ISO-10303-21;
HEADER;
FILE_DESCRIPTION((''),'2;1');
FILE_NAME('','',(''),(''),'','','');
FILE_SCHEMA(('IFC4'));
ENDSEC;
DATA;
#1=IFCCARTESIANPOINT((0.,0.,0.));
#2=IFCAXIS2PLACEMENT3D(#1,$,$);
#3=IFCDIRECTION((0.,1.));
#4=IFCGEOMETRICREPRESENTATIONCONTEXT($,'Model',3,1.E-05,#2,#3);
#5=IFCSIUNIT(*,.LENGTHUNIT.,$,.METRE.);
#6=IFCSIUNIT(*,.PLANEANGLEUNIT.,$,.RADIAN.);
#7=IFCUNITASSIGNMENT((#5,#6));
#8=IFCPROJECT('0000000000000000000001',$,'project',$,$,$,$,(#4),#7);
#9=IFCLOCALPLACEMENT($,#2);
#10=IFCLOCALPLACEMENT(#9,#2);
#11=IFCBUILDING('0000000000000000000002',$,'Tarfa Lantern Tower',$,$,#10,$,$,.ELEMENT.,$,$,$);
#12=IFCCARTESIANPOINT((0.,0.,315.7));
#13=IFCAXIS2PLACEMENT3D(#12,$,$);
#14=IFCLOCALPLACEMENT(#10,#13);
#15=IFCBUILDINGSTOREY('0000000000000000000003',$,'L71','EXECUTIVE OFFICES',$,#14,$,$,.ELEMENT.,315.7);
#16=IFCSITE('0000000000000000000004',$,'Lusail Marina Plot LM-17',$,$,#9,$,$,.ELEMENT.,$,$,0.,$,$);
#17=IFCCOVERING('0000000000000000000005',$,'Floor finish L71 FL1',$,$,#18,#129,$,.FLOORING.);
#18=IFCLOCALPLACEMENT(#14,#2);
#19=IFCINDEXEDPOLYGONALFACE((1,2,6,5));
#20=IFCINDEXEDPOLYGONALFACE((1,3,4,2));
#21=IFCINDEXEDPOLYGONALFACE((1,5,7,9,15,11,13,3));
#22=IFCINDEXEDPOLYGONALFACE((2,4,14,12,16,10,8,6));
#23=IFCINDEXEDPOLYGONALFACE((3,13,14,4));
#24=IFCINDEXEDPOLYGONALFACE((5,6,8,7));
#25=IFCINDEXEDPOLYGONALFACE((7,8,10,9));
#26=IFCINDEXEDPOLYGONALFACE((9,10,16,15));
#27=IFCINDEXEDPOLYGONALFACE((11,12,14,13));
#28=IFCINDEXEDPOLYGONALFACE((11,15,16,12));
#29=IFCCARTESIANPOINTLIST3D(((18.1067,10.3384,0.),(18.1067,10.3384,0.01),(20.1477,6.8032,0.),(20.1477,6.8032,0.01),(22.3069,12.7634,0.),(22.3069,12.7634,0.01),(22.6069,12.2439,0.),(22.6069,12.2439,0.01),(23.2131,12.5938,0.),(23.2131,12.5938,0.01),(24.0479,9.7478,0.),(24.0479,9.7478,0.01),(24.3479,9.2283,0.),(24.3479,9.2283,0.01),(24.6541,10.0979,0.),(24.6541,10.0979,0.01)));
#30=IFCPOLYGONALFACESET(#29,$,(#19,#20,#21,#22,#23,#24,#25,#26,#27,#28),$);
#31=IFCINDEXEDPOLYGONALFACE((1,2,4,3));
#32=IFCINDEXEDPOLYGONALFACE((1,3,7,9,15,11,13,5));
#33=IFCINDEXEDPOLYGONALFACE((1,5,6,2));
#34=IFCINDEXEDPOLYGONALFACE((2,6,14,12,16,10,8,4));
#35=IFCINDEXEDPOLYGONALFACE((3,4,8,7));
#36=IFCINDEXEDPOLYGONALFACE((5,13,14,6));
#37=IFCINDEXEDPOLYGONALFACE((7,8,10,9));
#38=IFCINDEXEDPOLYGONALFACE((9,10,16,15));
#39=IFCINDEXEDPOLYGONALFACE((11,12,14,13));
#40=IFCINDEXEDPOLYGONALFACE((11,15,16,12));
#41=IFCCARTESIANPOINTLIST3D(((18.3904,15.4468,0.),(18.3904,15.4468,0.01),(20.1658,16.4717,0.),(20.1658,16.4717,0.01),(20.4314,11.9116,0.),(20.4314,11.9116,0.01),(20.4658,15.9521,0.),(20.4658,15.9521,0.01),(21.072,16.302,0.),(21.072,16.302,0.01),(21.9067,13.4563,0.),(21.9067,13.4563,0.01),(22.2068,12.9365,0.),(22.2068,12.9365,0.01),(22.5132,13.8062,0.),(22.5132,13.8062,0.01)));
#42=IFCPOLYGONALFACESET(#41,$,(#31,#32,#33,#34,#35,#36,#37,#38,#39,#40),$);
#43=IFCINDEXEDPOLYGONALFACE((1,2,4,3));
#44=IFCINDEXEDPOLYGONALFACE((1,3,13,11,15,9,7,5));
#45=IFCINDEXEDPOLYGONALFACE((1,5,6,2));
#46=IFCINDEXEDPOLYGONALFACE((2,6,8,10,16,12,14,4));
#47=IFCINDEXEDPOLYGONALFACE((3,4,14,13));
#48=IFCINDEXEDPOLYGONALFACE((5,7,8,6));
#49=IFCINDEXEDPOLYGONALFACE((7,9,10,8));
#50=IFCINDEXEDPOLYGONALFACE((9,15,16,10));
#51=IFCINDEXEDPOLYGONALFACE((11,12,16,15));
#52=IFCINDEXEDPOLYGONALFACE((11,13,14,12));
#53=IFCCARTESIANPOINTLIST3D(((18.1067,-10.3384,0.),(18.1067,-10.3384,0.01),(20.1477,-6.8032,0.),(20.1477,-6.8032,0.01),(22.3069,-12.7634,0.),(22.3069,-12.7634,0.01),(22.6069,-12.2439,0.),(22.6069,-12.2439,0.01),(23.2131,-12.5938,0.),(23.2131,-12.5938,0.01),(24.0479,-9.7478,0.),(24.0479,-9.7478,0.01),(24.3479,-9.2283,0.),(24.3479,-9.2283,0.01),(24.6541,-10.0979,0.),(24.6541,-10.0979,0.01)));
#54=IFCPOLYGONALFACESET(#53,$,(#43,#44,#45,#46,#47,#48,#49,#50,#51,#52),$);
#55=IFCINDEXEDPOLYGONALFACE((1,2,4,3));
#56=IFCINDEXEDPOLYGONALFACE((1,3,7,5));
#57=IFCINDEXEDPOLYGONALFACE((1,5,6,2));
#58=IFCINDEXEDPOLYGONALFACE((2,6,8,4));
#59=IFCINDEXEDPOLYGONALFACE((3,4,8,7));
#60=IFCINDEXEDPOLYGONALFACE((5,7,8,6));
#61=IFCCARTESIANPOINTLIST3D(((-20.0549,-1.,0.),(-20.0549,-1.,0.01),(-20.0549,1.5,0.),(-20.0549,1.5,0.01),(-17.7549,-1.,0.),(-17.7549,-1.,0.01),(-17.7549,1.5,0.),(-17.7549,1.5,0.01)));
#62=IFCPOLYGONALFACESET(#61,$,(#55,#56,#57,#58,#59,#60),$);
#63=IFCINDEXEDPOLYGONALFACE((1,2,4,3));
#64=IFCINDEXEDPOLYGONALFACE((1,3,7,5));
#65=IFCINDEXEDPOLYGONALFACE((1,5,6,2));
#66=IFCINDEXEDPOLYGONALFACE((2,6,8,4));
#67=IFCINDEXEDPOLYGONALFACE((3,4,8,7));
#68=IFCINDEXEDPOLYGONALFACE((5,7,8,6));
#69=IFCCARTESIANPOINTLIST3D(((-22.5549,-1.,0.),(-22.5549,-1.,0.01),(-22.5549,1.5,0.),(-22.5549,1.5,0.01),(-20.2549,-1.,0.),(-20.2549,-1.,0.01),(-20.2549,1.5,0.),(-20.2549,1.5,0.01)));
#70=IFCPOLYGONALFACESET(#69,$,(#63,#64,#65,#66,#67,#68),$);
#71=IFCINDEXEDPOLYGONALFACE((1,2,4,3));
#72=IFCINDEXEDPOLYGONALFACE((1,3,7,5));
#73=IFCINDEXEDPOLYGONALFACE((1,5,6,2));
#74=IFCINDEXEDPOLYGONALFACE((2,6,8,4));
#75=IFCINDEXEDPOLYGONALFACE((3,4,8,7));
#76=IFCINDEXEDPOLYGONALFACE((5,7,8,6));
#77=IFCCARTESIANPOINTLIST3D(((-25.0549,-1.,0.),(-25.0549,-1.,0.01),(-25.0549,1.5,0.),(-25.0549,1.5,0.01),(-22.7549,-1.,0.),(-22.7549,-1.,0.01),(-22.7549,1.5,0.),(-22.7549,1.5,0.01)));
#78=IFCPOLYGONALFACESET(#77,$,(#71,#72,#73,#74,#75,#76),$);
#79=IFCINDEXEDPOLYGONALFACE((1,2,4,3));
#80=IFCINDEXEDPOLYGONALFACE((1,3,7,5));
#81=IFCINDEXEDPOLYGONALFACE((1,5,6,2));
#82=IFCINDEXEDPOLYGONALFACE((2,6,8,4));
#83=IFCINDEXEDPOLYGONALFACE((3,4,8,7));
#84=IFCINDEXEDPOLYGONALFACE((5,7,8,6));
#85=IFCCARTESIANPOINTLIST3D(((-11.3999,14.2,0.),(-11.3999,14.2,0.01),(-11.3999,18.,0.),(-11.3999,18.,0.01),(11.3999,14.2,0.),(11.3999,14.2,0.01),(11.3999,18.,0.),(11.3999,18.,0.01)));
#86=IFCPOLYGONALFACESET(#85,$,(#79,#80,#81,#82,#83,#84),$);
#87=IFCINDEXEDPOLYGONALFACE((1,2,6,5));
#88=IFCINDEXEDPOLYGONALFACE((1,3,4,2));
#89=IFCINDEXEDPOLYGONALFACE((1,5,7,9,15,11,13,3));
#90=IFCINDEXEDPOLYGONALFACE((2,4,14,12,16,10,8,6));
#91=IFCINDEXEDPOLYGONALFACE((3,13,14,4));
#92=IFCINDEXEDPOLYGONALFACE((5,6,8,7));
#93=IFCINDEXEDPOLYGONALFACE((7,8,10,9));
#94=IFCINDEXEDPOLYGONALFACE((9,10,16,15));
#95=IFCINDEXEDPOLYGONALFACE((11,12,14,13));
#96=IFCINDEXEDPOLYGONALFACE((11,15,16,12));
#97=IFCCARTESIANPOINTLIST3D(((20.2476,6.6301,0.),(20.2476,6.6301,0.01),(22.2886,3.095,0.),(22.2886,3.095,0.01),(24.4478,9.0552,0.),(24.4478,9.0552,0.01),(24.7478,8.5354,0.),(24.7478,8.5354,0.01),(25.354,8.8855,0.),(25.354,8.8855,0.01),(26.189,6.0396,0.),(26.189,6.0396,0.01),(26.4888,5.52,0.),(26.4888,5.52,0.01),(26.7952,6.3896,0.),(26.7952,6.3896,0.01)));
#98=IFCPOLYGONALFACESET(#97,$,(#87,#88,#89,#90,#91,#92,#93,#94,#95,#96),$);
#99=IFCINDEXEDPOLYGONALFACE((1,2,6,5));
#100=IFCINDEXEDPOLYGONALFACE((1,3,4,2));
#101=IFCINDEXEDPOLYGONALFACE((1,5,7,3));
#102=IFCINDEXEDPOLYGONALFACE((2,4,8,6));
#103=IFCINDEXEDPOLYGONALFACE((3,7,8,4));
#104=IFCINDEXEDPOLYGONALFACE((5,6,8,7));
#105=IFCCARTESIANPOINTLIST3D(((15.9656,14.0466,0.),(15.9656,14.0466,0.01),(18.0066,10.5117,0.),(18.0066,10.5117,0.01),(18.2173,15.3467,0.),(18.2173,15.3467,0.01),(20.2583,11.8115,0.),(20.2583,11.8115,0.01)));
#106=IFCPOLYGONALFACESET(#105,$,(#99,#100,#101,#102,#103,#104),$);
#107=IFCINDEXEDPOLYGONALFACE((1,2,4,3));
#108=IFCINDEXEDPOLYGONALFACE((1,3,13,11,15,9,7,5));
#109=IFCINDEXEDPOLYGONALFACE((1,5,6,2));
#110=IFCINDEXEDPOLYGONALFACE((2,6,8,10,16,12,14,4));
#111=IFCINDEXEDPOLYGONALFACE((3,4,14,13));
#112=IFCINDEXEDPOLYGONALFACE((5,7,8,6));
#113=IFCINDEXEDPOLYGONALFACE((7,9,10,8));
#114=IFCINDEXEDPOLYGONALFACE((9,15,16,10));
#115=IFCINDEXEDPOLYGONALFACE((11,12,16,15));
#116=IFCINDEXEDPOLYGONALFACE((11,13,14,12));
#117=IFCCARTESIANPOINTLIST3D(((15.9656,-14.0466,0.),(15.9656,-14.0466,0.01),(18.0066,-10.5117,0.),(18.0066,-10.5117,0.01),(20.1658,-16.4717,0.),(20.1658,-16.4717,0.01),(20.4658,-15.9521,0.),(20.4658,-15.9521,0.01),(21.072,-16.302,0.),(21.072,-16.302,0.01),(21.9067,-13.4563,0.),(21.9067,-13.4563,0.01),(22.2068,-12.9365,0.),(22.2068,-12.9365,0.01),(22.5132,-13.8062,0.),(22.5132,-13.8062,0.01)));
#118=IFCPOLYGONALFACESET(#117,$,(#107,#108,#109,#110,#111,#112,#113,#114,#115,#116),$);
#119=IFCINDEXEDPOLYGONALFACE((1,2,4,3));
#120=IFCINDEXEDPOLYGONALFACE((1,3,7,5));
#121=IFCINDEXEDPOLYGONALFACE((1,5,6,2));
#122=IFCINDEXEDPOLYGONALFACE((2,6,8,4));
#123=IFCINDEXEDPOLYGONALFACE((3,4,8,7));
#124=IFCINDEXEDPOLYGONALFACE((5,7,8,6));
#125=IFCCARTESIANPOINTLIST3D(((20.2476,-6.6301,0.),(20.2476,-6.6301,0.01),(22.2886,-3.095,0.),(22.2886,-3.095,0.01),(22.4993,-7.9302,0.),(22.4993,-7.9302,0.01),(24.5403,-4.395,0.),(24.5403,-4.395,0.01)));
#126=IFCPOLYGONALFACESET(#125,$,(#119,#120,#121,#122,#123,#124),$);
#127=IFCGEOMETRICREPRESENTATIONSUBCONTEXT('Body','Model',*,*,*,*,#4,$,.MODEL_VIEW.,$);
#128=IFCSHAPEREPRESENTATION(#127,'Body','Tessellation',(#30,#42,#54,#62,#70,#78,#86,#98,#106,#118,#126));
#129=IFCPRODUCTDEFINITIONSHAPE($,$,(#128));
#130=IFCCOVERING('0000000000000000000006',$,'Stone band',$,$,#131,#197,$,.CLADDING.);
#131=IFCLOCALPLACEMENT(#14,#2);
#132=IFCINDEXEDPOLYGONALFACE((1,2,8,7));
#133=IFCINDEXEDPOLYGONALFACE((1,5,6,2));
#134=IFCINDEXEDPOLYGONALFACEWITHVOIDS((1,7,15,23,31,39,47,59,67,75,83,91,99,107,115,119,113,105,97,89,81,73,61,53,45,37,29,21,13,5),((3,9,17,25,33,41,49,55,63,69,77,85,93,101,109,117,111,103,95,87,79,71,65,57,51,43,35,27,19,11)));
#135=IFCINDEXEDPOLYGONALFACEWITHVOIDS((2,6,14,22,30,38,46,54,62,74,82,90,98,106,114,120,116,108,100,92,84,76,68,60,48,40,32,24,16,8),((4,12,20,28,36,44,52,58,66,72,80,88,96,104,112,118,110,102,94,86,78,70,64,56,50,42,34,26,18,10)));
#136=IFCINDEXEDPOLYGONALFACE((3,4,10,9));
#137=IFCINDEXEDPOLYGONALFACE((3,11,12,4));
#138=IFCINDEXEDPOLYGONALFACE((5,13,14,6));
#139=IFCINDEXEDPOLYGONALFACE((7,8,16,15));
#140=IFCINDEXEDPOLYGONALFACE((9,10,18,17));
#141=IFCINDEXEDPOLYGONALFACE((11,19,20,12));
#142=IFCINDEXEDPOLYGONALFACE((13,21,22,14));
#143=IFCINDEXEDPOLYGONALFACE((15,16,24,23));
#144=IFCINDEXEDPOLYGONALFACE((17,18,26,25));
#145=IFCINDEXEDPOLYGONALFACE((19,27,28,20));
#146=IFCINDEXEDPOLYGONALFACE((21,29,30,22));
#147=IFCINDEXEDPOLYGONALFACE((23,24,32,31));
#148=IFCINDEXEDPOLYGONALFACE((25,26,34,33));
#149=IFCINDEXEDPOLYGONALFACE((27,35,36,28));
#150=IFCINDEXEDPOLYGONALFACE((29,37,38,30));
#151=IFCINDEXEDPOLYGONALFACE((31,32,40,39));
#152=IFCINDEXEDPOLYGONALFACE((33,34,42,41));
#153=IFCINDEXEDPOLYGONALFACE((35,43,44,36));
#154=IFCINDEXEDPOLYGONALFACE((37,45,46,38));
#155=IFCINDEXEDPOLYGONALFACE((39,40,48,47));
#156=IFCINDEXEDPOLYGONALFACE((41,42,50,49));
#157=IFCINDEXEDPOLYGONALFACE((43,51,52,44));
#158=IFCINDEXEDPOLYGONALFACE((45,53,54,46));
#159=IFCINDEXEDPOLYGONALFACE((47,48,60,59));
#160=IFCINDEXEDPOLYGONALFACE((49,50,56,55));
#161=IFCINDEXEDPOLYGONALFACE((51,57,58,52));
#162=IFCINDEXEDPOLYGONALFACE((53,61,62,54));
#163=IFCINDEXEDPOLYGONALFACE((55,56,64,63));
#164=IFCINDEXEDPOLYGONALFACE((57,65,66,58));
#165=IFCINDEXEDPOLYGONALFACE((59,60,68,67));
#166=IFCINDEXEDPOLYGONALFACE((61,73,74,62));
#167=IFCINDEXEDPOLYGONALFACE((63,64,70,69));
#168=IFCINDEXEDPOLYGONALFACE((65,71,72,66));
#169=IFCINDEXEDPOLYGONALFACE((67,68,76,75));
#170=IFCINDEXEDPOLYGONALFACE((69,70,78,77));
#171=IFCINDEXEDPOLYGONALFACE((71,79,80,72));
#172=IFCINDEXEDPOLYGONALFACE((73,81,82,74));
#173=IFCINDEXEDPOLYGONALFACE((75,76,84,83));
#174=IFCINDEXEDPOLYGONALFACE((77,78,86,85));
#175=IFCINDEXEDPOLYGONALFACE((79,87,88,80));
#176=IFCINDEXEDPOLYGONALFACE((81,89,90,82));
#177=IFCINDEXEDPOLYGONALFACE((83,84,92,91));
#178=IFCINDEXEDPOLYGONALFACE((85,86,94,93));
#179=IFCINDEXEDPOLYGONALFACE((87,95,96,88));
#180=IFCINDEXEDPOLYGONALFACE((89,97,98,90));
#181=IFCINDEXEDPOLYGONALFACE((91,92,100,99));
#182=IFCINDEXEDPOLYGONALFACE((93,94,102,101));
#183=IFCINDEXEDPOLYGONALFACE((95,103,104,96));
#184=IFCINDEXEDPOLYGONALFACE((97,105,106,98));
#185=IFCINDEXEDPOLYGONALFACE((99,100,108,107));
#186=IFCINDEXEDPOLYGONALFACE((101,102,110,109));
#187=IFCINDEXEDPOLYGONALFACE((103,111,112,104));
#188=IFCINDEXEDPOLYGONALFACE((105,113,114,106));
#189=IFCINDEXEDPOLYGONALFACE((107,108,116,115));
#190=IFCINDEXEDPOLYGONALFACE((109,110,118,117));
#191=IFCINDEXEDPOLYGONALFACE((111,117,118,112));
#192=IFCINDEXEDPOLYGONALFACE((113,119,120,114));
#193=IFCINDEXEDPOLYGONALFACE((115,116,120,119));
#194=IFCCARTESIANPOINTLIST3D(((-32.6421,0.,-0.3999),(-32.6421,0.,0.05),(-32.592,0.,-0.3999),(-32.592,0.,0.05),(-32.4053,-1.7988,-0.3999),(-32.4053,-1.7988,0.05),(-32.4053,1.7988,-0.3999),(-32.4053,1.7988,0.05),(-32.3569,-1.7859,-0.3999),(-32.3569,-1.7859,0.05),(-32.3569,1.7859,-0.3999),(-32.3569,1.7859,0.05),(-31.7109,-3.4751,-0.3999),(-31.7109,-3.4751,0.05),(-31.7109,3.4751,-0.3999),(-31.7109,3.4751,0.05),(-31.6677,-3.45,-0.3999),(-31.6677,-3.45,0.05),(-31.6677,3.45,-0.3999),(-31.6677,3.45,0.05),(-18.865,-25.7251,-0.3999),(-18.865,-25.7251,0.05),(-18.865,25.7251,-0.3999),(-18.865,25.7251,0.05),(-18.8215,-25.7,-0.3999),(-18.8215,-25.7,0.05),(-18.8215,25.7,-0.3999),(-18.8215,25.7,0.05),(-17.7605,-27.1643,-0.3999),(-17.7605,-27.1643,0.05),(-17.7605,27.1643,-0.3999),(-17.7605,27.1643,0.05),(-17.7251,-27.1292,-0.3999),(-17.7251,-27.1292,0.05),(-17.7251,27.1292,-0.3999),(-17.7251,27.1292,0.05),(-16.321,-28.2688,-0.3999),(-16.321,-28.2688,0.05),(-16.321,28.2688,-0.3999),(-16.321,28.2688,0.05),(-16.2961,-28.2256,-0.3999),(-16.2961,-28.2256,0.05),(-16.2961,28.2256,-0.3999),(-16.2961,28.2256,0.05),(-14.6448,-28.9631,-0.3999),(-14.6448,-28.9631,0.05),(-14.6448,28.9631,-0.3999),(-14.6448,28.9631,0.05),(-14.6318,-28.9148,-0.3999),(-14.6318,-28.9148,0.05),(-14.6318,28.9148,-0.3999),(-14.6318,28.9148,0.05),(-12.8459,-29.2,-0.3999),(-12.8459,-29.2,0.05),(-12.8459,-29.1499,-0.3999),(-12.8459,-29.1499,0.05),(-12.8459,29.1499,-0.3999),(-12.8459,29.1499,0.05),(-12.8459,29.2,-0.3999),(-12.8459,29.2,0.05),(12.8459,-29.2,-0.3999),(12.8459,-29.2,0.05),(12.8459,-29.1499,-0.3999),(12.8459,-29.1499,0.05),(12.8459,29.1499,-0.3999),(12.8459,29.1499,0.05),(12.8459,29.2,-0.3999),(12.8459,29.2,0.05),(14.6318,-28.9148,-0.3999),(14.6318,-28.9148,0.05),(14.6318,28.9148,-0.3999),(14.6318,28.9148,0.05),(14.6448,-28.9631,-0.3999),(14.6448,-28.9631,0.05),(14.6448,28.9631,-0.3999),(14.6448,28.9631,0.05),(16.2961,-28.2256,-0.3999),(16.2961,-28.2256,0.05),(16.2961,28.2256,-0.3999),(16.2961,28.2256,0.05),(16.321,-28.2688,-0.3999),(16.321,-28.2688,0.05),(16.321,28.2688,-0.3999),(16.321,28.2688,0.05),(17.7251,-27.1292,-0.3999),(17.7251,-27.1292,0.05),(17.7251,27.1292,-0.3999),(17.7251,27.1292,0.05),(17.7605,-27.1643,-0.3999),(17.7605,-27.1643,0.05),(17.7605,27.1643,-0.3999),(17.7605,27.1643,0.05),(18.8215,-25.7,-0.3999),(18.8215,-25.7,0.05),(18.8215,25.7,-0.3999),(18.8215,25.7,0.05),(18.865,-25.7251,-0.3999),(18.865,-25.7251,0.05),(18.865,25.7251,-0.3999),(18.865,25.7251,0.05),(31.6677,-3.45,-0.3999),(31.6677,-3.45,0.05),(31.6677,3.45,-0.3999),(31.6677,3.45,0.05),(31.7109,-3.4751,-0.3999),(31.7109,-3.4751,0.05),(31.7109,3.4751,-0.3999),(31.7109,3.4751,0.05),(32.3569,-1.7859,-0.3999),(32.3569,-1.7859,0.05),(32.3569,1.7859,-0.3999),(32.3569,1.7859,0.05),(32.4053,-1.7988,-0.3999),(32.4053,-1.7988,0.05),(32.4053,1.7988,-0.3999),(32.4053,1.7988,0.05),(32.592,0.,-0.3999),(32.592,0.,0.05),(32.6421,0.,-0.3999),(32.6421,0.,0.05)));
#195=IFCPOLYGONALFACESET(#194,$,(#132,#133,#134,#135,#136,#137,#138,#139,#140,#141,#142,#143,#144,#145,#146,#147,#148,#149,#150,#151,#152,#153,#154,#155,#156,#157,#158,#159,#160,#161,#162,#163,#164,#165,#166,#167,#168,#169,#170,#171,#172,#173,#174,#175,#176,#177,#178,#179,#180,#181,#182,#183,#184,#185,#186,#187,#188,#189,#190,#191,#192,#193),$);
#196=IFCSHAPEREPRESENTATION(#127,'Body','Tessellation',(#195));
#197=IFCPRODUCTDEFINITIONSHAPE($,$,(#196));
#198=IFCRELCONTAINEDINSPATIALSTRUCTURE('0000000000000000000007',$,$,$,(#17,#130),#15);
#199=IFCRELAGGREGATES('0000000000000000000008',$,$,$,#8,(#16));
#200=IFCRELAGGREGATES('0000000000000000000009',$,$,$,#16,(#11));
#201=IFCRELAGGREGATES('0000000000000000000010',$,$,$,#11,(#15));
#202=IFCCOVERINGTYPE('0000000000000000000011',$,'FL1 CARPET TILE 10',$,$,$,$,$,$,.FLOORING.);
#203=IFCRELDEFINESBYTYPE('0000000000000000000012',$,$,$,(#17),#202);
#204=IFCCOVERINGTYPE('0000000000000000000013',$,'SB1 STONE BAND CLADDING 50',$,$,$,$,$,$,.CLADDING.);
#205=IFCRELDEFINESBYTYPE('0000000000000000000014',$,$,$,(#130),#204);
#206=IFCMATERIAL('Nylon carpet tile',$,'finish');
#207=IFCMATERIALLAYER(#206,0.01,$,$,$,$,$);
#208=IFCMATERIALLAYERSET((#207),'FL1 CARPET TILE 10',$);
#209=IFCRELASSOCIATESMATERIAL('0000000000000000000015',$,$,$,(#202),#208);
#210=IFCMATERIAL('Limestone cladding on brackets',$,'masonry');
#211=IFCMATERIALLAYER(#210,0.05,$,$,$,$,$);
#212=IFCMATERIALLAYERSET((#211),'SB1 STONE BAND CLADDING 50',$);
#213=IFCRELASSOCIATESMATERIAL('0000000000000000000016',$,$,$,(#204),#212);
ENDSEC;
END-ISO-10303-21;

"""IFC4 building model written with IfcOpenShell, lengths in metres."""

from ifc_helpers import new_model, si_unit, direction, frame, origin, place, context, subcontext, project, spatial, polyline, outline, extrude, material, layer, layer_set, type_object, element, save


model = new_model("IFC4")

# Units and contexts
model_context = context("Model", 3, precision=1e-05, world=origin(), true_north=direction((0.0, 1.0)))
body_context = subcontext(model_context, "Body", "Model", "MODEL_VIEW")
ifc_project = project(units=[si_unit("LENGTHUNIT", "METRE"), si_unit("PLANEANGLEUNIT", "RADIAN")], contexts=[model_context])

# Site, building, storey
site_placement = place(None, origin())
site = spatial("IfcSite", under=ifc_project, at=site_placement, Name="Lusail Marina Plot LM-17", CompositionType="ELEMENT", RefElevation=0.0)
building_placement = place(site_placement, origin())
building = spatial("IfcBuilding", under=site, at=building_placement, Name="Tarfa Lantern Tower", CompositionType="ELEMENT")
storey_placement = place(building_placement, frame((0.0, 0.0, 315.7)))
storey = spatial("IfcBuildingStorey", under=building, at=storey_placement, Name="L71", Description="EXECUTIVE OFFICES", CompositionType="ELEMENT", Elevation=315.7)

# Coverings
ifc_material_1 = material(Name="Nylon carpet tile", Category="finish")
ifc_layer_1 = layer(ifc_material_1, 0.01)
ifc_layer_set_1 = layer_set([ifc_layer_1], Name="FL1 CARPET TILE 10")
covering_type_1 = type_object("IfcCoveringType", Name="FL1 CARPET TILE 10", PredefinedType="FLOORING", material=ifc_layer_set_1)
covering_1_placement = place(storey_placement, origin())
element("IfcCovering", 1, at=covering_1_placement, inside=storey, type_object=covering_type_1, Name="Floor finish L71 FL1", PredefinedType="FLOORING", context=body_context, shape_type="SweptSolid", body=[
    extrude(outline(polyline([(18.1067, 10.3384), (22.3069, 12.7634), (22.6069, 12.2439), (23.2131, 12.5938), (24.6541, 10.0979), (24.0479, 9.7478), (24.3479, 9.2283), (20.1477, 6.8032), (18.1067, 10.3384)])), origin(), (0.0, 0.0, 1.0), 0.01),
    extrude(outline(polyline([(18.3904, 15.4468), (20.1658, 16.4717), (20.4658, 15.9521), (21.072, 16.302), (22.5132, 13.8062), (21.9067, 13.4563), (22.2068, 12.9365), (20.4314, 11.9116), (18.3904, 15.4468)])), origin(), (0.0, 0.0, 1.0), 0.01),
    extrude(outline(polyline([(20.1477, -6.8032), (24.3479, -9.2283), (24.0479, -9.7478), (24.6541, -10.0979), (23.2131, -12.5938), (22.6069, -12.2439), (22.3069, -12.7634), (18.1067, -10.3384), (20.1477, -6.8032)])), origin(), (0.0, 0.0, 1.0), 0.01),
    extrude(outline(polyline([(-20.0549, -1.0), (-20.0549, 1.5), (-17.7549, 1.5), (-17.7549, -1.0), (-20.0549, -1.0)])), origin(), (0.0, 0.0, 1.0), 0.01),
    extrude(outline(polyline([(-22.5549, -1.0), (-22.5549, 1.5), (-20.2549, 1.5), (-20.2549, -1.0), (-22.5549, -1.0)])), origin(), (0.0, 0.0, 1.0), 0.01),
    extrude(outline(polyline([(-25.0549, -1.0), (-25.0549, 1.5), (-22.7549, 1.5), (-22.7549, -1.0), (-25.0549, -1.0)])), origin(), (0.0, 0.0, 1.0), 0.01),
    extrude(outline(polyline([(-11.3999, 18.0), (11.3999, 18.0), (11.3999, 14.2), (-11.3999, 14.2), (-11.3999, 18.0)])), origin(), (0.0, 0.0, 1.0), 0.01),
    extrude(outline(polyline([(20.2476, 6.6301), (24.4478, 9.0552), (24.7478, 8.5354), (25.354, 8.8855), (26.7952, 6.3896), (26.189, 6.0396), (26.4888, 5.52), (22.2886, 3.095), (20.2476, 6.6301)])), origin(), (0.0, 0.0, 1.0), 0.01),
    extrude(outline(polyline([(15.9656, 14.0466), (18.2173, 15.3467), (20.2583, 11.8115), (18.0066, 10.5117), (15.9656, 14.0466)])), origin(), (0.0, 0.0, 1.0), 0.01),
    extrude(outline(polyline([(18.0066, -10.5117), (22.2068, -12.9365), (21.9067, -13.4563), (22.5132, -13.8062), (21.072, -16.302), (20.4658, -15.9521), (20.1658, -16.4717), (15.9656, -14.0466), (18.0066, -10.5117)])), origin(), (0.0, 0.0, 1.0), 0.01),
    extrude(outline(polyline([(22.2886, -3.095), (24.5403, -4.395), (22.4993, -7.9302), (20.2476, -6.6301), (22.2886, -3.095)])), origin(), (0.0, 0.0, 1.0), 0.01),
])
ifc_material_2 = material(Name="Limestone cladding on brackets", Category="masonry")
ifc_layer_2 = layer(ifc_material_2, 0.05)
ifc_layer_set_2 = layer_set([ifc_layer_2], Name="SB1 STONE BAND CLADDING 50")
covering_type_2 = type_object("IfcCoveringType", Name="SB1 STONE BAND CLADDING 50", PredefinedType="CLADDING", material=ifc_layer_set_2)
covering_2_placement = place(storey_placement, frame((0.0, 0.0, -0.3999)))
element("IfcCovering", 2, at=covering_2_placement, inside=storey, type_object=covering_type_2, Name="Stone band", PredefinedType="CLADDING", context=body_context, shape_type="SweptSolid", body=[
    extrude(outline(polyline([(31.7109, 3.4751), (18.865, 25.7251), (17.7605, 27.1643), (16.321, 28.2688), (14.6448, 28.9631), (12.8459, 29.2), (-12.8459, 29.2), (-14.6448, 28.9631), (-16.321, 28.2688), (-17.7605, 27.1643), (-18.865, 25.7251), (-31.7109, 3.4751), (-32.4053, 1.7988), (-32.6421, 0.0), (-32.4053, -1.7988), (-31.7109, -3.4751), (-18.865, -25.7251), (-17.7605, -27.1643), (-16.321, -28.2688), (-14.6448, -28.9631), (-12.8459, -29.2), (12.8459, -29.2), (14.6448, -28.9631), (16.321, -28.2688), (17.7605, -27.1643), (18.865, -25.7251), (31.7109, -3.4751), (32.4053, -1.7988), (32.6421, 0.0), (32.4053, 1.7988), (31.7109, 3.4751)]), holes=[polyline([(31.6677, 3.45), (18.8215, 25.7), (17.7251, 27.1292), (16.2961, 28.2256), (14.6318, 28.9148), (12.8459, 29.1499), (-12.8459, 29.1499), (-14.6318, 28.9148), (-16.2961, 28.2256), (-17.7251, 27.1292), (-18.8215, 25.7), (-31.6677, 3.45), (-32.3569, 1.7859), (-32.592, 0.0), (-32.3569, -1.7859), (-31.6677, -3.45), (-18.8215, -25.7), (-17.7251, -27.1292), (-16.2961, -28.2256), (-14.6318, -28.9148), (-12.8459, -29.1499), (12.8459, -29.1499), (14.6318, -28.9148), (16.2961, -28.2256), (17.7251, -27.1292), (18.8215, -25.7), (31.6677, -3.45), (32.3569, -1.7859), (32.592, 0.0), (32.3569, 1.7859), (31.6677, 3.45)])]), origin(), (0.0, 0.0, 1.0), 0.45),
])

save(model, "model.ifc")
